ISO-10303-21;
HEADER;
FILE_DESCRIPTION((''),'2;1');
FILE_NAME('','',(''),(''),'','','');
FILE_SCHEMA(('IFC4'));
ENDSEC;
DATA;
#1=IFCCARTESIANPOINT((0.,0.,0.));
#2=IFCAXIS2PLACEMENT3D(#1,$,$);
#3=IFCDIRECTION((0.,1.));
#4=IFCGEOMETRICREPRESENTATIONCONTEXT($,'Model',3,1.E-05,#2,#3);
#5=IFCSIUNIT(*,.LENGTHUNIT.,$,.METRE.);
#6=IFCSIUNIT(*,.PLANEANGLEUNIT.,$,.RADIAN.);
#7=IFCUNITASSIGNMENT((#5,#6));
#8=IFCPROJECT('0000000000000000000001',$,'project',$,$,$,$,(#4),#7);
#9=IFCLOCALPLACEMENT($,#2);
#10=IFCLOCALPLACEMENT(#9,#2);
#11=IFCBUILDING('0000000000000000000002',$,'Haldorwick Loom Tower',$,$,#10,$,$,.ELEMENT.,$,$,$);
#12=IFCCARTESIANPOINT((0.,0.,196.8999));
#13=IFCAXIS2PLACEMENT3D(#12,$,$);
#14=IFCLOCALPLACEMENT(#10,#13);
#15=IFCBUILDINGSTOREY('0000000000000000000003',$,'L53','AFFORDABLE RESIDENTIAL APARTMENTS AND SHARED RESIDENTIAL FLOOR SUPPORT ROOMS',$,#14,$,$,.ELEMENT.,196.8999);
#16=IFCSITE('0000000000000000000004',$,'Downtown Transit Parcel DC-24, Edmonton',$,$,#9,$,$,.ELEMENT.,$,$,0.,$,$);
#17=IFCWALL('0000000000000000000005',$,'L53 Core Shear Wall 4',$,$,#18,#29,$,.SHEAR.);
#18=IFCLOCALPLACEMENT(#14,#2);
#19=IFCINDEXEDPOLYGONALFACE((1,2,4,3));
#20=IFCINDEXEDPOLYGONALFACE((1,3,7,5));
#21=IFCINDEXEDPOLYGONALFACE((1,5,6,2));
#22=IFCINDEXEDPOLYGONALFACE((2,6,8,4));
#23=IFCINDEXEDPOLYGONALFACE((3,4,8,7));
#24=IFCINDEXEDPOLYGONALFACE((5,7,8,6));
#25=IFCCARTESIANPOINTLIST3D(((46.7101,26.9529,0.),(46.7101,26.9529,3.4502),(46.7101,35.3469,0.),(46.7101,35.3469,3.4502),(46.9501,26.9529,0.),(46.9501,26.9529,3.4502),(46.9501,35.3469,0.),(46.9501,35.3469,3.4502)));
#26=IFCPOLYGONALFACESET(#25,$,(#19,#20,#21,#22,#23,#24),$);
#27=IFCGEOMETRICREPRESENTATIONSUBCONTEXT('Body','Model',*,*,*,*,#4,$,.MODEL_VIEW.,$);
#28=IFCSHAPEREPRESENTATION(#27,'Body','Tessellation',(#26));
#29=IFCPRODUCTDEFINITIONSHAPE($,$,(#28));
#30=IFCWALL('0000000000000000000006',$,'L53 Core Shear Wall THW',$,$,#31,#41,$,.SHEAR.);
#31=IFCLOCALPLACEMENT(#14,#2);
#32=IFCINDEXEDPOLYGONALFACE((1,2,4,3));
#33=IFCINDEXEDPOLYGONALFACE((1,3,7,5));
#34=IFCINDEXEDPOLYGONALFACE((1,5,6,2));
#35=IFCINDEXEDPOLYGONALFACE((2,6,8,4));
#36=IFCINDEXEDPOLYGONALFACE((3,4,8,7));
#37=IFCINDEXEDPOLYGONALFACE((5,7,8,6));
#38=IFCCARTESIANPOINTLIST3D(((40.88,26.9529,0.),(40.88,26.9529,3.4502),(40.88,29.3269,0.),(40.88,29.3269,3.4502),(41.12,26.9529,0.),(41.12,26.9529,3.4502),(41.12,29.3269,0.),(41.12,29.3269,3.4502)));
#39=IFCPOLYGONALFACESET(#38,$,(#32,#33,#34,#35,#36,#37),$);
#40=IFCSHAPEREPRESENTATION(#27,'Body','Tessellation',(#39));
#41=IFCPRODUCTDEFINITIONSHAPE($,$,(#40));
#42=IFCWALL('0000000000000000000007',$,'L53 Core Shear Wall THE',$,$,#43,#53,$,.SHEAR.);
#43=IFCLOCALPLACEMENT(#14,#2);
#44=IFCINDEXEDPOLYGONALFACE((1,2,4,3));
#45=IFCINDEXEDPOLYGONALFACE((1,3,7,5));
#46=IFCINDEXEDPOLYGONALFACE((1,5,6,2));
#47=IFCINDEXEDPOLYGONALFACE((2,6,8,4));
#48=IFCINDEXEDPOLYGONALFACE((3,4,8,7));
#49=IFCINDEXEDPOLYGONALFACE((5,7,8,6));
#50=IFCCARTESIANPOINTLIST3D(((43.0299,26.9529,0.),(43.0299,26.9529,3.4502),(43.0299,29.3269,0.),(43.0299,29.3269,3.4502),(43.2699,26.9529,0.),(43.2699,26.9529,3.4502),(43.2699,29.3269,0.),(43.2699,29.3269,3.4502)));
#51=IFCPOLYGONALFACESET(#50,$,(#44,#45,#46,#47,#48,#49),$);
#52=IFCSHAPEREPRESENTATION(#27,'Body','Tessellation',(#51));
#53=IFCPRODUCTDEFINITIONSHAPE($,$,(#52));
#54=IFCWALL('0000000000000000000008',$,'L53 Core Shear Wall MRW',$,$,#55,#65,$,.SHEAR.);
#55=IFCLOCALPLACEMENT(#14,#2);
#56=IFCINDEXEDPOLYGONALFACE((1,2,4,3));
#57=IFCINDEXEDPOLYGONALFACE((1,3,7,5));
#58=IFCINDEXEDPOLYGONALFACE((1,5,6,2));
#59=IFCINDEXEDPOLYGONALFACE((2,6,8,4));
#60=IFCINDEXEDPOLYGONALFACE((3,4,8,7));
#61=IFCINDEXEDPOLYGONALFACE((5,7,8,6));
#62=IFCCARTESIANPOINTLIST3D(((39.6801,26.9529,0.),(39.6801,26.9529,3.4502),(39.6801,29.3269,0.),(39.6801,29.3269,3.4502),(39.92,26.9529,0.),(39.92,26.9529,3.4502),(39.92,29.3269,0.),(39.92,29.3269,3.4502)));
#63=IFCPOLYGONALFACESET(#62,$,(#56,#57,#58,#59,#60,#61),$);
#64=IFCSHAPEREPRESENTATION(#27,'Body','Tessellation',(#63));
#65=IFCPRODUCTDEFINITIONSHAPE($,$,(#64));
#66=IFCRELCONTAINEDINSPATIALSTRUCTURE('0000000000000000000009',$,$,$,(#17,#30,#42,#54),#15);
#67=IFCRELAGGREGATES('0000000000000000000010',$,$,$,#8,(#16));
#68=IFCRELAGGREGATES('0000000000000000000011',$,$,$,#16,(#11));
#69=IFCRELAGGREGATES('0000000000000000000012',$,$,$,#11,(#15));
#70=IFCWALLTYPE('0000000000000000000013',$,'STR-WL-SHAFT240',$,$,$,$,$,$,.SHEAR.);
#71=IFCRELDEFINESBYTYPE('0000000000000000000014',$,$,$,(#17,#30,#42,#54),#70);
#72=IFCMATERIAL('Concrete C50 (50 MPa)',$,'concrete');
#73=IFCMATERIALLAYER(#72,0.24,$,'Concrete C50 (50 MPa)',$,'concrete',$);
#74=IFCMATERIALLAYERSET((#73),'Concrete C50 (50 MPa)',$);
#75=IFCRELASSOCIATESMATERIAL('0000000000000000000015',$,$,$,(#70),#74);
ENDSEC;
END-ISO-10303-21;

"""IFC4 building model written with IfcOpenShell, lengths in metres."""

from ifc_helpers import new_model, si_unit, direction, frame, frame_2d, origin, place, context, subcontext, project, spatial, rectangle, extrude, material, layer, layer_set, type_object, element, save


model = new_model("IFC4")

# Units and contexts
model_context = context("Model", 3, precision=1e-05, world=origin(), true_north=direction((0.0, 1.0)))
body_context = subcontext(model_context, "Body", "Model", "MODEL_VIEW")
ifc_project = project(units=[si_unit("LENGTHUNIT", "METRE"), si_unit("PLANEANGLEUNIT", "RADIAN")], contexts=[model_context])

# Site, building, storey
site_placement = place(None, origin())
site = spatial("IfcSite", under=ifc_project, at=site_placement, Name="Downtown Transit Parcel DC-24, Edmonton", CompositionType="ELEMENT", RefElevation=0.0)
building_placement = place(site_placement, origin())
building = spatial("IfcBuilding", under=site, at=building_placement, Name="Haldorwick Loom Tower", CompositionType="ELEMENT")
storey_placement = place(building_placement, frame((0.0, 0.0, 196.8999)))
storey = spatial("IfcBuildingStorey", under=building, at=storey_placement, Name="L53", Description="AFFORDABLE RESIDENTIAL APARTMENTS AND SHARED RESIDENTIAL FLOOR SUPPORT ROOMS", CompositionType="ELEMENT", Elevation=196.8999)

# Shared definitions
ifc_material_1 = material(Name="Concrete C50 (50 MPa)", Category="concrete")

# Walls
ifc_layer_1 = layer(ifc_material_1, 0.24, Name="Concrete C50 (50 MPa)", Category="concrete")
ifc_layer_set_1 = layer_set([ifc_layer_1], Name="Concrete C50 (50 MPa)")
wall_type_1 = type_object("IfcWallType", Name="STR-WL-SHAFT240", PredefinedType="SHEAR", material=ifc_layer_set_1)
wall_1_placement = place(storey_placement, frame((46.8301, 26.9529, 0.0), z_axis=(0.0, 0.0, 1.0), x_axis=(0.0, 1.0, 0.0)))
element("IfcWall", 1, at=wall_1_placement, inside=storey, type_object=wall_type_1, Name="L53 Core Shear Wall 4", PredefinedType="SHEAR", context=body_context, shape_type="SweptSolid", body=[
    extrude(rectangle(XDim=8.394, YDim=0.24, at=frame_2d((4.197, 0.0))), origin(), (0.0, 0.0, 1.0), 3.4502),
])
for number, where, z_axis, x_axis, name in (
    (2, (41.0, 26.9529, 0.0), (0.0, 0.0, 1.0), (0.0, 1.0, 0.0), "L53 Core Shear Wall THW"),
    (3, (43.1499, 26.9529, 0.0), (0.0, 0.0, 1.0), (0.0, 1.0, 0.0), "L53 Core Shear Wall THE"),
    (4, (39.8, 26.9529, 0.0), (0.0, 0.0, 1.0), (0.0, 1.0, 0.0), "L53 Core Shear Wall MRW"),
):
    element("IfcWall", number, at=place(storey_placement, frame(where, z_axis=z_axis, x_axis=x_axis)), inside=storey, type_object=wall_type_1, Name=name, PredefinedType="SHEAR", context=body_context, shape_type="SweptSolid", body=[
        extrude(rectangle(XDim=2.374, YDim=0.24, at=frame_2d((1.187, 0.0))), origin(), (0.0, 0.0, 1.0), 3.4502),
    ])

save(model, "model.ifc")
